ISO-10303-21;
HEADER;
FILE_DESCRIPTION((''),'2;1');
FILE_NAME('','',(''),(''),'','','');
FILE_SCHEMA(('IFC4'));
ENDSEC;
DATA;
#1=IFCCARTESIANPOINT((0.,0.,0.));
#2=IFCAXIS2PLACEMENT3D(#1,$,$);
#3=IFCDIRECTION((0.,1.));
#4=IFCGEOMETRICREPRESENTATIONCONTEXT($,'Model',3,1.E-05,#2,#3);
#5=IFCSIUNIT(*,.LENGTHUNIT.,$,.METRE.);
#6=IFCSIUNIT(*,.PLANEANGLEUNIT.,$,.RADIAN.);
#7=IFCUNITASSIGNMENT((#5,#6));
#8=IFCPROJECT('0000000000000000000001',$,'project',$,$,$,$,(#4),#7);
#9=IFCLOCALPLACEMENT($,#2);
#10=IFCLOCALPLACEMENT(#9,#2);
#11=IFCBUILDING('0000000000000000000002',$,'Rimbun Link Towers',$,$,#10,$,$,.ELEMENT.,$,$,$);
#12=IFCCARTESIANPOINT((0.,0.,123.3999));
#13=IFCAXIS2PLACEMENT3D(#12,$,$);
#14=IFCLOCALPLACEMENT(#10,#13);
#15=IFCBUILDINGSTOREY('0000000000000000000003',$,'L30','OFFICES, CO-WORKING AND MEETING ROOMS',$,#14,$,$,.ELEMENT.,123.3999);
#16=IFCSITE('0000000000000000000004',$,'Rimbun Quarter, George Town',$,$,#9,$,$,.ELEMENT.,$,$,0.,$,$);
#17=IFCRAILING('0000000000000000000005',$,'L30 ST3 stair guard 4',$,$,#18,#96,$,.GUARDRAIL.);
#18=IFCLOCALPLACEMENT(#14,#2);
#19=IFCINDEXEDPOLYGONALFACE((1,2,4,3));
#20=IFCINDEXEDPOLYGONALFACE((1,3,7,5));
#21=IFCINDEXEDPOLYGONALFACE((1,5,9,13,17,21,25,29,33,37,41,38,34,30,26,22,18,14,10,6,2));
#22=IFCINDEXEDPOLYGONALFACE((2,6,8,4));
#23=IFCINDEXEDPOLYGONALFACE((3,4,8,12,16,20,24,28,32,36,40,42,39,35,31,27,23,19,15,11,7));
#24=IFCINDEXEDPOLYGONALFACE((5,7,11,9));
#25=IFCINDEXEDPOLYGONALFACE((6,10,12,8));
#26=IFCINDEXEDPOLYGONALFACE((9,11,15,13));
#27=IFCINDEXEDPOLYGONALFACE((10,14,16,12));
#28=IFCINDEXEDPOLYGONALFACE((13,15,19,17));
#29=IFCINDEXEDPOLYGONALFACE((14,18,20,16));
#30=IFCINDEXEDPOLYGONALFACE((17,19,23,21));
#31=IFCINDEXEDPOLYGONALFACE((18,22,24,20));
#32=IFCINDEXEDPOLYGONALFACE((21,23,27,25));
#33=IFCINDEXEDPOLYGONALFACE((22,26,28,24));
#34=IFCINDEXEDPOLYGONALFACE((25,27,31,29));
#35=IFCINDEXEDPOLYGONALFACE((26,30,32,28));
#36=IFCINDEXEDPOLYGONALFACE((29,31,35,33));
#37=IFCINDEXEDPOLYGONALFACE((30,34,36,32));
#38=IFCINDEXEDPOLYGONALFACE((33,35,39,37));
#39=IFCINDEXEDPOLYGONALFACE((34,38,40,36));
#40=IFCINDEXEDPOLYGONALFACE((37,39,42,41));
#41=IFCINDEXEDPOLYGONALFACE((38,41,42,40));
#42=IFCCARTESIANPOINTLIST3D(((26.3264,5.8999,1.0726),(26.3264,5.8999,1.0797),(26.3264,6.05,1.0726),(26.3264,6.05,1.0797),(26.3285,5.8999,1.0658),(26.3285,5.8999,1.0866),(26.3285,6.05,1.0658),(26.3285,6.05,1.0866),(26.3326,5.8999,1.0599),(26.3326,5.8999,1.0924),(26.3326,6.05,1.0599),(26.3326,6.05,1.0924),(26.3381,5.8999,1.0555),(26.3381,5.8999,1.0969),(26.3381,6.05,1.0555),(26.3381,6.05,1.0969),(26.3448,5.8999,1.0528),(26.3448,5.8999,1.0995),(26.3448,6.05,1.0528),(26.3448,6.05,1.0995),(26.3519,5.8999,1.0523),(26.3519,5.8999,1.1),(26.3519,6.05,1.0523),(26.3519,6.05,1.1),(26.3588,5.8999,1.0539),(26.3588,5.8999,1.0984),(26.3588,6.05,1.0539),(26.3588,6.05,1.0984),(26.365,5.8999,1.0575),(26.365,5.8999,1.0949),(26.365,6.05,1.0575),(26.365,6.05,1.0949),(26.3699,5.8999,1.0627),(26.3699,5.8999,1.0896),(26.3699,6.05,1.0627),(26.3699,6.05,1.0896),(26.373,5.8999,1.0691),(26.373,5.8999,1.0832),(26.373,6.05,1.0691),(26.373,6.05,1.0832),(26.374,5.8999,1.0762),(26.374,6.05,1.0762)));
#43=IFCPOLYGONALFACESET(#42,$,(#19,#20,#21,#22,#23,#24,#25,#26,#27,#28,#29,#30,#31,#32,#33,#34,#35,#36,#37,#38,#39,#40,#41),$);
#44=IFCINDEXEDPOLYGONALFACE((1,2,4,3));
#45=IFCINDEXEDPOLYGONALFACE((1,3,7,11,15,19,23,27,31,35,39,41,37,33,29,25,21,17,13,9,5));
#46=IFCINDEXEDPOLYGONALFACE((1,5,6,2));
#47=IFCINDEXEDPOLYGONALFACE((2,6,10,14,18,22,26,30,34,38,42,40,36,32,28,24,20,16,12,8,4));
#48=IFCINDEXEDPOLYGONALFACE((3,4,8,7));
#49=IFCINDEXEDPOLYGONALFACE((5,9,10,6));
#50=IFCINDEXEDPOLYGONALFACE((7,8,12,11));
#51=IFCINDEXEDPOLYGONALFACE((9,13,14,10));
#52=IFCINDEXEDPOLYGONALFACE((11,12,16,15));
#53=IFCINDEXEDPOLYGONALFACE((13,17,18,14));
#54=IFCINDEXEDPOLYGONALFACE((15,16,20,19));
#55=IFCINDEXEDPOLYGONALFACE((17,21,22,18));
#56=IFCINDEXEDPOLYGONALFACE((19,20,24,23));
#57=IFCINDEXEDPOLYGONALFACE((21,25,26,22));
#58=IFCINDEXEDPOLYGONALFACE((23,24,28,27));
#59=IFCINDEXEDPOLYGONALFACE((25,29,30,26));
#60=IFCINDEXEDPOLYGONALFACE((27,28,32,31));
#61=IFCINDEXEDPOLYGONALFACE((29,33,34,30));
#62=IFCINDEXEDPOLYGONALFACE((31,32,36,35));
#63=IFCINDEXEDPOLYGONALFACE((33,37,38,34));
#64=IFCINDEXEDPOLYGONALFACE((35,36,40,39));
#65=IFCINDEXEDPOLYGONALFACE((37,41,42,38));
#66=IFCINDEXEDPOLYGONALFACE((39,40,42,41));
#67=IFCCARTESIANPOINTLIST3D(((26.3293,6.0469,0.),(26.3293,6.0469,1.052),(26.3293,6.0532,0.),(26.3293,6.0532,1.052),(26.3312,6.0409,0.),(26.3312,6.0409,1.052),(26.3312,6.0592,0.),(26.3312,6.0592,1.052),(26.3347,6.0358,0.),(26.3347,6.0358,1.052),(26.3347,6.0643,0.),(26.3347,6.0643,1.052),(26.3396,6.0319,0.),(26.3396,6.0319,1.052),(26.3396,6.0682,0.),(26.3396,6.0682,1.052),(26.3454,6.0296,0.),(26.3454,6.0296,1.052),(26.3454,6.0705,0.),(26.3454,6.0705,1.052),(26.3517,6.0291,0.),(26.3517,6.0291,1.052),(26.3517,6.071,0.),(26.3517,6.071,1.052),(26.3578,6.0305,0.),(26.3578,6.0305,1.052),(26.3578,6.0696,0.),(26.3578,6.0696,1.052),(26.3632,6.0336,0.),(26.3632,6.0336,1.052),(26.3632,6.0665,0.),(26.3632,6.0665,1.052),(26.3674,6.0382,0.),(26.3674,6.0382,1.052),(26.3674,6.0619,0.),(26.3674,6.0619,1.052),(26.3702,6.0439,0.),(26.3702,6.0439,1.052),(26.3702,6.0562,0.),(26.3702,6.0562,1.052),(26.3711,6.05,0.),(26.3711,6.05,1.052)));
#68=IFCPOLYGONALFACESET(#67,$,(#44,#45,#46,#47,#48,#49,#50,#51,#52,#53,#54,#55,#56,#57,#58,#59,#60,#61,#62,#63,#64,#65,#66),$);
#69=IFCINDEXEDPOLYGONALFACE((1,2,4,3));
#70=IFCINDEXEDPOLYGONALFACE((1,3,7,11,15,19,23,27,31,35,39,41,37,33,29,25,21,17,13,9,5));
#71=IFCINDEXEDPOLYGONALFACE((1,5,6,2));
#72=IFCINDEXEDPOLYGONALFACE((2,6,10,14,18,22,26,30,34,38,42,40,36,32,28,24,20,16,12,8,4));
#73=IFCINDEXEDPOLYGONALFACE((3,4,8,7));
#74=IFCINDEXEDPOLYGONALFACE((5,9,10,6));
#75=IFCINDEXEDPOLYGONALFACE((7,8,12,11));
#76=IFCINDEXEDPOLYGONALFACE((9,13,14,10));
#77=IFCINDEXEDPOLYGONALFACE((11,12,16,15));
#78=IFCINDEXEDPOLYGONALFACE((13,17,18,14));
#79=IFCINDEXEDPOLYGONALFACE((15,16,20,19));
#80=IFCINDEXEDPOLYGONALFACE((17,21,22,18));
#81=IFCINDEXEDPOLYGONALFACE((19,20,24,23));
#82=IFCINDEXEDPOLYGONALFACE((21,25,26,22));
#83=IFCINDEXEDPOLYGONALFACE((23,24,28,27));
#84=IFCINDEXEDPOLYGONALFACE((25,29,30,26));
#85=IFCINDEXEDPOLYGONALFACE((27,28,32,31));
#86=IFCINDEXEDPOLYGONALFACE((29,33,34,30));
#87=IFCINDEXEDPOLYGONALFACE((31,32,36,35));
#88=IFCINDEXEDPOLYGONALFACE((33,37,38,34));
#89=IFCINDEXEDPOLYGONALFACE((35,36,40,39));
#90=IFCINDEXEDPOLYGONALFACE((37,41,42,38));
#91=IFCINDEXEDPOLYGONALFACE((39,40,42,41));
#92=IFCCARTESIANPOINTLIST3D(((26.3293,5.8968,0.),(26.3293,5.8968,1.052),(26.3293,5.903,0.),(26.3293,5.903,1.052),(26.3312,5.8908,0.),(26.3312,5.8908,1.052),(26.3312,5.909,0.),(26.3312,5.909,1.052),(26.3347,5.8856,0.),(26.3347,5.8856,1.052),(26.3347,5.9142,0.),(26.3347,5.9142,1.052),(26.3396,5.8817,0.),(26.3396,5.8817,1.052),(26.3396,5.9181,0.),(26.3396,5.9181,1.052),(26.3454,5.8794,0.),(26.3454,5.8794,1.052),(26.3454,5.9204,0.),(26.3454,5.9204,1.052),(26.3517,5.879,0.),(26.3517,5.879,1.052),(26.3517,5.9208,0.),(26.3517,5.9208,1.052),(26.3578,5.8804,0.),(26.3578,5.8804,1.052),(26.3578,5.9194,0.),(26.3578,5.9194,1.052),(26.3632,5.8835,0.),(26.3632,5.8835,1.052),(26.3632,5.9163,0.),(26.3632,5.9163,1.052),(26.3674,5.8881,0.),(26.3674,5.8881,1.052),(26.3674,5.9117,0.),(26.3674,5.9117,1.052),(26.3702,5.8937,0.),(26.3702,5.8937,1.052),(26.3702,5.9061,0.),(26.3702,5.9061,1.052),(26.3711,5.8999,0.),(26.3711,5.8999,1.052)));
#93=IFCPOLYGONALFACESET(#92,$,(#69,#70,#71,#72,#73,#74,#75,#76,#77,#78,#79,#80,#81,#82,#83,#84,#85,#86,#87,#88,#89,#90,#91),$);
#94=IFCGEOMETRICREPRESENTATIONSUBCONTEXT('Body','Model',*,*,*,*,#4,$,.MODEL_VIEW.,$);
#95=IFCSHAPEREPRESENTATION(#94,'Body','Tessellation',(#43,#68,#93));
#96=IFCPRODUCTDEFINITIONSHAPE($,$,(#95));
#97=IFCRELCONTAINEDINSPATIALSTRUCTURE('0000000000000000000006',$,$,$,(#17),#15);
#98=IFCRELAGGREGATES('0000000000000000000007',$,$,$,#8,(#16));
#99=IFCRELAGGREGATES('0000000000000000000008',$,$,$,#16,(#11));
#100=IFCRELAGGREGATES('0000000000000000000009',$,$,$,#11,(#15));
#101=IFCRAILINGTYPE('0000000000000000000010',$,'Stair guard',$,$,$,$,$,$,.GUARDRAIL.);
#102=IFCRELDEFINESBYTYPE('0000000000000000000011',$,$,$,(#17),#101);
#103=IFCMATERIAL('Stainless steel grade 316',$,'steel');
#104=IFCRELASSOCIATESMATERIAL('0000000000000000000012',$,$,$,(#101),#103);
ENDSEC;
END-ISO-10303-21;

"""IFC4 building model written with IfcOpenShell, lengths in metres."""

from ifc_helpers import new_model, si_unit, direction, frame, origin, origin_2d, place, context, subcontext, project, spatial, circle, extrude, material, type_object, element, save


model = new_model("IFC4")

# Units and contexts
model_context = context("Model", 3, precision=1e-05, world=origin(), true_north=direction((0.0, 1.0)))
body_context = subcontext(model_context, "Body", "Model", "MODEL_VIEW")
ifc_project = project(units=[si_unit("LENGTHUNIT", "METRE"), si_unit("PLANEANGLEUNIT", "RADIAN")], contexts=[model_context])

# Site, building, storey
site_placement = place(None, origin())
site = spatial("IfcSite", under=ifc_project, at=site_placement, Name="Rimbun Quarter, George Town", CompositionType="ELEMENT", RefElevation=0.0)
building_placement = place(site_placement, origin())
building = spatial("IfcBuilding", under=site, at=building_placement, Name="Rimbun Link Towers", CompositionType="ELEMENT")
storey_placement = place(building_placement, frame((0.0, 0.0, 123.3999)))
storey = spatial("IfcBuildingStorey", under=building, at=storey_placement, Name="L30", Description="OFFICES, CO-WORKING AND MEETING ROOMS", CompositionType="ELEMENT", Elevation=123.3999)

# Railing
ifc_material_1 = material(Name="Stainless steel grade 316", Category="steel")
railing_type = type_object("IfcRailingType", Name="Stair guard", PredefinedType="GUARDRAIL", material=ifc_material_1)
railing_placement = place(storey_placement, frame((26.3501, 6.05, 0.0)))
element("IfcRailing", 1, at=railing_placement, inside=storey, type_object=railing_type, Name="L30 ST3 stair guard 4", PredefinedType="GUARDRAIL", context=body_context, shape_type="SweptSolid", body=[
    extrude(circle(Radius=0.0239, at=origin_2d()), frame((0.0, 0.0, 1.0762), z_axis=(0.0, -1.0, 0.0), x_axis=(1.0, 0.0, 0.0)), (0.0, 0.0, 1.0), 0.1501),
    extrude(circle(Radius=0.021, at=origin_2d()), origin(), (0.0, 0.0, 1.0), 1.052),
    extrude(circle(Radius=0.021, at=origin_2d()), frame((0.0, -0.1501, 0.0)), (0.0, 0.0, 1.0), 1.052),
])

save(model, "model.ifc")
